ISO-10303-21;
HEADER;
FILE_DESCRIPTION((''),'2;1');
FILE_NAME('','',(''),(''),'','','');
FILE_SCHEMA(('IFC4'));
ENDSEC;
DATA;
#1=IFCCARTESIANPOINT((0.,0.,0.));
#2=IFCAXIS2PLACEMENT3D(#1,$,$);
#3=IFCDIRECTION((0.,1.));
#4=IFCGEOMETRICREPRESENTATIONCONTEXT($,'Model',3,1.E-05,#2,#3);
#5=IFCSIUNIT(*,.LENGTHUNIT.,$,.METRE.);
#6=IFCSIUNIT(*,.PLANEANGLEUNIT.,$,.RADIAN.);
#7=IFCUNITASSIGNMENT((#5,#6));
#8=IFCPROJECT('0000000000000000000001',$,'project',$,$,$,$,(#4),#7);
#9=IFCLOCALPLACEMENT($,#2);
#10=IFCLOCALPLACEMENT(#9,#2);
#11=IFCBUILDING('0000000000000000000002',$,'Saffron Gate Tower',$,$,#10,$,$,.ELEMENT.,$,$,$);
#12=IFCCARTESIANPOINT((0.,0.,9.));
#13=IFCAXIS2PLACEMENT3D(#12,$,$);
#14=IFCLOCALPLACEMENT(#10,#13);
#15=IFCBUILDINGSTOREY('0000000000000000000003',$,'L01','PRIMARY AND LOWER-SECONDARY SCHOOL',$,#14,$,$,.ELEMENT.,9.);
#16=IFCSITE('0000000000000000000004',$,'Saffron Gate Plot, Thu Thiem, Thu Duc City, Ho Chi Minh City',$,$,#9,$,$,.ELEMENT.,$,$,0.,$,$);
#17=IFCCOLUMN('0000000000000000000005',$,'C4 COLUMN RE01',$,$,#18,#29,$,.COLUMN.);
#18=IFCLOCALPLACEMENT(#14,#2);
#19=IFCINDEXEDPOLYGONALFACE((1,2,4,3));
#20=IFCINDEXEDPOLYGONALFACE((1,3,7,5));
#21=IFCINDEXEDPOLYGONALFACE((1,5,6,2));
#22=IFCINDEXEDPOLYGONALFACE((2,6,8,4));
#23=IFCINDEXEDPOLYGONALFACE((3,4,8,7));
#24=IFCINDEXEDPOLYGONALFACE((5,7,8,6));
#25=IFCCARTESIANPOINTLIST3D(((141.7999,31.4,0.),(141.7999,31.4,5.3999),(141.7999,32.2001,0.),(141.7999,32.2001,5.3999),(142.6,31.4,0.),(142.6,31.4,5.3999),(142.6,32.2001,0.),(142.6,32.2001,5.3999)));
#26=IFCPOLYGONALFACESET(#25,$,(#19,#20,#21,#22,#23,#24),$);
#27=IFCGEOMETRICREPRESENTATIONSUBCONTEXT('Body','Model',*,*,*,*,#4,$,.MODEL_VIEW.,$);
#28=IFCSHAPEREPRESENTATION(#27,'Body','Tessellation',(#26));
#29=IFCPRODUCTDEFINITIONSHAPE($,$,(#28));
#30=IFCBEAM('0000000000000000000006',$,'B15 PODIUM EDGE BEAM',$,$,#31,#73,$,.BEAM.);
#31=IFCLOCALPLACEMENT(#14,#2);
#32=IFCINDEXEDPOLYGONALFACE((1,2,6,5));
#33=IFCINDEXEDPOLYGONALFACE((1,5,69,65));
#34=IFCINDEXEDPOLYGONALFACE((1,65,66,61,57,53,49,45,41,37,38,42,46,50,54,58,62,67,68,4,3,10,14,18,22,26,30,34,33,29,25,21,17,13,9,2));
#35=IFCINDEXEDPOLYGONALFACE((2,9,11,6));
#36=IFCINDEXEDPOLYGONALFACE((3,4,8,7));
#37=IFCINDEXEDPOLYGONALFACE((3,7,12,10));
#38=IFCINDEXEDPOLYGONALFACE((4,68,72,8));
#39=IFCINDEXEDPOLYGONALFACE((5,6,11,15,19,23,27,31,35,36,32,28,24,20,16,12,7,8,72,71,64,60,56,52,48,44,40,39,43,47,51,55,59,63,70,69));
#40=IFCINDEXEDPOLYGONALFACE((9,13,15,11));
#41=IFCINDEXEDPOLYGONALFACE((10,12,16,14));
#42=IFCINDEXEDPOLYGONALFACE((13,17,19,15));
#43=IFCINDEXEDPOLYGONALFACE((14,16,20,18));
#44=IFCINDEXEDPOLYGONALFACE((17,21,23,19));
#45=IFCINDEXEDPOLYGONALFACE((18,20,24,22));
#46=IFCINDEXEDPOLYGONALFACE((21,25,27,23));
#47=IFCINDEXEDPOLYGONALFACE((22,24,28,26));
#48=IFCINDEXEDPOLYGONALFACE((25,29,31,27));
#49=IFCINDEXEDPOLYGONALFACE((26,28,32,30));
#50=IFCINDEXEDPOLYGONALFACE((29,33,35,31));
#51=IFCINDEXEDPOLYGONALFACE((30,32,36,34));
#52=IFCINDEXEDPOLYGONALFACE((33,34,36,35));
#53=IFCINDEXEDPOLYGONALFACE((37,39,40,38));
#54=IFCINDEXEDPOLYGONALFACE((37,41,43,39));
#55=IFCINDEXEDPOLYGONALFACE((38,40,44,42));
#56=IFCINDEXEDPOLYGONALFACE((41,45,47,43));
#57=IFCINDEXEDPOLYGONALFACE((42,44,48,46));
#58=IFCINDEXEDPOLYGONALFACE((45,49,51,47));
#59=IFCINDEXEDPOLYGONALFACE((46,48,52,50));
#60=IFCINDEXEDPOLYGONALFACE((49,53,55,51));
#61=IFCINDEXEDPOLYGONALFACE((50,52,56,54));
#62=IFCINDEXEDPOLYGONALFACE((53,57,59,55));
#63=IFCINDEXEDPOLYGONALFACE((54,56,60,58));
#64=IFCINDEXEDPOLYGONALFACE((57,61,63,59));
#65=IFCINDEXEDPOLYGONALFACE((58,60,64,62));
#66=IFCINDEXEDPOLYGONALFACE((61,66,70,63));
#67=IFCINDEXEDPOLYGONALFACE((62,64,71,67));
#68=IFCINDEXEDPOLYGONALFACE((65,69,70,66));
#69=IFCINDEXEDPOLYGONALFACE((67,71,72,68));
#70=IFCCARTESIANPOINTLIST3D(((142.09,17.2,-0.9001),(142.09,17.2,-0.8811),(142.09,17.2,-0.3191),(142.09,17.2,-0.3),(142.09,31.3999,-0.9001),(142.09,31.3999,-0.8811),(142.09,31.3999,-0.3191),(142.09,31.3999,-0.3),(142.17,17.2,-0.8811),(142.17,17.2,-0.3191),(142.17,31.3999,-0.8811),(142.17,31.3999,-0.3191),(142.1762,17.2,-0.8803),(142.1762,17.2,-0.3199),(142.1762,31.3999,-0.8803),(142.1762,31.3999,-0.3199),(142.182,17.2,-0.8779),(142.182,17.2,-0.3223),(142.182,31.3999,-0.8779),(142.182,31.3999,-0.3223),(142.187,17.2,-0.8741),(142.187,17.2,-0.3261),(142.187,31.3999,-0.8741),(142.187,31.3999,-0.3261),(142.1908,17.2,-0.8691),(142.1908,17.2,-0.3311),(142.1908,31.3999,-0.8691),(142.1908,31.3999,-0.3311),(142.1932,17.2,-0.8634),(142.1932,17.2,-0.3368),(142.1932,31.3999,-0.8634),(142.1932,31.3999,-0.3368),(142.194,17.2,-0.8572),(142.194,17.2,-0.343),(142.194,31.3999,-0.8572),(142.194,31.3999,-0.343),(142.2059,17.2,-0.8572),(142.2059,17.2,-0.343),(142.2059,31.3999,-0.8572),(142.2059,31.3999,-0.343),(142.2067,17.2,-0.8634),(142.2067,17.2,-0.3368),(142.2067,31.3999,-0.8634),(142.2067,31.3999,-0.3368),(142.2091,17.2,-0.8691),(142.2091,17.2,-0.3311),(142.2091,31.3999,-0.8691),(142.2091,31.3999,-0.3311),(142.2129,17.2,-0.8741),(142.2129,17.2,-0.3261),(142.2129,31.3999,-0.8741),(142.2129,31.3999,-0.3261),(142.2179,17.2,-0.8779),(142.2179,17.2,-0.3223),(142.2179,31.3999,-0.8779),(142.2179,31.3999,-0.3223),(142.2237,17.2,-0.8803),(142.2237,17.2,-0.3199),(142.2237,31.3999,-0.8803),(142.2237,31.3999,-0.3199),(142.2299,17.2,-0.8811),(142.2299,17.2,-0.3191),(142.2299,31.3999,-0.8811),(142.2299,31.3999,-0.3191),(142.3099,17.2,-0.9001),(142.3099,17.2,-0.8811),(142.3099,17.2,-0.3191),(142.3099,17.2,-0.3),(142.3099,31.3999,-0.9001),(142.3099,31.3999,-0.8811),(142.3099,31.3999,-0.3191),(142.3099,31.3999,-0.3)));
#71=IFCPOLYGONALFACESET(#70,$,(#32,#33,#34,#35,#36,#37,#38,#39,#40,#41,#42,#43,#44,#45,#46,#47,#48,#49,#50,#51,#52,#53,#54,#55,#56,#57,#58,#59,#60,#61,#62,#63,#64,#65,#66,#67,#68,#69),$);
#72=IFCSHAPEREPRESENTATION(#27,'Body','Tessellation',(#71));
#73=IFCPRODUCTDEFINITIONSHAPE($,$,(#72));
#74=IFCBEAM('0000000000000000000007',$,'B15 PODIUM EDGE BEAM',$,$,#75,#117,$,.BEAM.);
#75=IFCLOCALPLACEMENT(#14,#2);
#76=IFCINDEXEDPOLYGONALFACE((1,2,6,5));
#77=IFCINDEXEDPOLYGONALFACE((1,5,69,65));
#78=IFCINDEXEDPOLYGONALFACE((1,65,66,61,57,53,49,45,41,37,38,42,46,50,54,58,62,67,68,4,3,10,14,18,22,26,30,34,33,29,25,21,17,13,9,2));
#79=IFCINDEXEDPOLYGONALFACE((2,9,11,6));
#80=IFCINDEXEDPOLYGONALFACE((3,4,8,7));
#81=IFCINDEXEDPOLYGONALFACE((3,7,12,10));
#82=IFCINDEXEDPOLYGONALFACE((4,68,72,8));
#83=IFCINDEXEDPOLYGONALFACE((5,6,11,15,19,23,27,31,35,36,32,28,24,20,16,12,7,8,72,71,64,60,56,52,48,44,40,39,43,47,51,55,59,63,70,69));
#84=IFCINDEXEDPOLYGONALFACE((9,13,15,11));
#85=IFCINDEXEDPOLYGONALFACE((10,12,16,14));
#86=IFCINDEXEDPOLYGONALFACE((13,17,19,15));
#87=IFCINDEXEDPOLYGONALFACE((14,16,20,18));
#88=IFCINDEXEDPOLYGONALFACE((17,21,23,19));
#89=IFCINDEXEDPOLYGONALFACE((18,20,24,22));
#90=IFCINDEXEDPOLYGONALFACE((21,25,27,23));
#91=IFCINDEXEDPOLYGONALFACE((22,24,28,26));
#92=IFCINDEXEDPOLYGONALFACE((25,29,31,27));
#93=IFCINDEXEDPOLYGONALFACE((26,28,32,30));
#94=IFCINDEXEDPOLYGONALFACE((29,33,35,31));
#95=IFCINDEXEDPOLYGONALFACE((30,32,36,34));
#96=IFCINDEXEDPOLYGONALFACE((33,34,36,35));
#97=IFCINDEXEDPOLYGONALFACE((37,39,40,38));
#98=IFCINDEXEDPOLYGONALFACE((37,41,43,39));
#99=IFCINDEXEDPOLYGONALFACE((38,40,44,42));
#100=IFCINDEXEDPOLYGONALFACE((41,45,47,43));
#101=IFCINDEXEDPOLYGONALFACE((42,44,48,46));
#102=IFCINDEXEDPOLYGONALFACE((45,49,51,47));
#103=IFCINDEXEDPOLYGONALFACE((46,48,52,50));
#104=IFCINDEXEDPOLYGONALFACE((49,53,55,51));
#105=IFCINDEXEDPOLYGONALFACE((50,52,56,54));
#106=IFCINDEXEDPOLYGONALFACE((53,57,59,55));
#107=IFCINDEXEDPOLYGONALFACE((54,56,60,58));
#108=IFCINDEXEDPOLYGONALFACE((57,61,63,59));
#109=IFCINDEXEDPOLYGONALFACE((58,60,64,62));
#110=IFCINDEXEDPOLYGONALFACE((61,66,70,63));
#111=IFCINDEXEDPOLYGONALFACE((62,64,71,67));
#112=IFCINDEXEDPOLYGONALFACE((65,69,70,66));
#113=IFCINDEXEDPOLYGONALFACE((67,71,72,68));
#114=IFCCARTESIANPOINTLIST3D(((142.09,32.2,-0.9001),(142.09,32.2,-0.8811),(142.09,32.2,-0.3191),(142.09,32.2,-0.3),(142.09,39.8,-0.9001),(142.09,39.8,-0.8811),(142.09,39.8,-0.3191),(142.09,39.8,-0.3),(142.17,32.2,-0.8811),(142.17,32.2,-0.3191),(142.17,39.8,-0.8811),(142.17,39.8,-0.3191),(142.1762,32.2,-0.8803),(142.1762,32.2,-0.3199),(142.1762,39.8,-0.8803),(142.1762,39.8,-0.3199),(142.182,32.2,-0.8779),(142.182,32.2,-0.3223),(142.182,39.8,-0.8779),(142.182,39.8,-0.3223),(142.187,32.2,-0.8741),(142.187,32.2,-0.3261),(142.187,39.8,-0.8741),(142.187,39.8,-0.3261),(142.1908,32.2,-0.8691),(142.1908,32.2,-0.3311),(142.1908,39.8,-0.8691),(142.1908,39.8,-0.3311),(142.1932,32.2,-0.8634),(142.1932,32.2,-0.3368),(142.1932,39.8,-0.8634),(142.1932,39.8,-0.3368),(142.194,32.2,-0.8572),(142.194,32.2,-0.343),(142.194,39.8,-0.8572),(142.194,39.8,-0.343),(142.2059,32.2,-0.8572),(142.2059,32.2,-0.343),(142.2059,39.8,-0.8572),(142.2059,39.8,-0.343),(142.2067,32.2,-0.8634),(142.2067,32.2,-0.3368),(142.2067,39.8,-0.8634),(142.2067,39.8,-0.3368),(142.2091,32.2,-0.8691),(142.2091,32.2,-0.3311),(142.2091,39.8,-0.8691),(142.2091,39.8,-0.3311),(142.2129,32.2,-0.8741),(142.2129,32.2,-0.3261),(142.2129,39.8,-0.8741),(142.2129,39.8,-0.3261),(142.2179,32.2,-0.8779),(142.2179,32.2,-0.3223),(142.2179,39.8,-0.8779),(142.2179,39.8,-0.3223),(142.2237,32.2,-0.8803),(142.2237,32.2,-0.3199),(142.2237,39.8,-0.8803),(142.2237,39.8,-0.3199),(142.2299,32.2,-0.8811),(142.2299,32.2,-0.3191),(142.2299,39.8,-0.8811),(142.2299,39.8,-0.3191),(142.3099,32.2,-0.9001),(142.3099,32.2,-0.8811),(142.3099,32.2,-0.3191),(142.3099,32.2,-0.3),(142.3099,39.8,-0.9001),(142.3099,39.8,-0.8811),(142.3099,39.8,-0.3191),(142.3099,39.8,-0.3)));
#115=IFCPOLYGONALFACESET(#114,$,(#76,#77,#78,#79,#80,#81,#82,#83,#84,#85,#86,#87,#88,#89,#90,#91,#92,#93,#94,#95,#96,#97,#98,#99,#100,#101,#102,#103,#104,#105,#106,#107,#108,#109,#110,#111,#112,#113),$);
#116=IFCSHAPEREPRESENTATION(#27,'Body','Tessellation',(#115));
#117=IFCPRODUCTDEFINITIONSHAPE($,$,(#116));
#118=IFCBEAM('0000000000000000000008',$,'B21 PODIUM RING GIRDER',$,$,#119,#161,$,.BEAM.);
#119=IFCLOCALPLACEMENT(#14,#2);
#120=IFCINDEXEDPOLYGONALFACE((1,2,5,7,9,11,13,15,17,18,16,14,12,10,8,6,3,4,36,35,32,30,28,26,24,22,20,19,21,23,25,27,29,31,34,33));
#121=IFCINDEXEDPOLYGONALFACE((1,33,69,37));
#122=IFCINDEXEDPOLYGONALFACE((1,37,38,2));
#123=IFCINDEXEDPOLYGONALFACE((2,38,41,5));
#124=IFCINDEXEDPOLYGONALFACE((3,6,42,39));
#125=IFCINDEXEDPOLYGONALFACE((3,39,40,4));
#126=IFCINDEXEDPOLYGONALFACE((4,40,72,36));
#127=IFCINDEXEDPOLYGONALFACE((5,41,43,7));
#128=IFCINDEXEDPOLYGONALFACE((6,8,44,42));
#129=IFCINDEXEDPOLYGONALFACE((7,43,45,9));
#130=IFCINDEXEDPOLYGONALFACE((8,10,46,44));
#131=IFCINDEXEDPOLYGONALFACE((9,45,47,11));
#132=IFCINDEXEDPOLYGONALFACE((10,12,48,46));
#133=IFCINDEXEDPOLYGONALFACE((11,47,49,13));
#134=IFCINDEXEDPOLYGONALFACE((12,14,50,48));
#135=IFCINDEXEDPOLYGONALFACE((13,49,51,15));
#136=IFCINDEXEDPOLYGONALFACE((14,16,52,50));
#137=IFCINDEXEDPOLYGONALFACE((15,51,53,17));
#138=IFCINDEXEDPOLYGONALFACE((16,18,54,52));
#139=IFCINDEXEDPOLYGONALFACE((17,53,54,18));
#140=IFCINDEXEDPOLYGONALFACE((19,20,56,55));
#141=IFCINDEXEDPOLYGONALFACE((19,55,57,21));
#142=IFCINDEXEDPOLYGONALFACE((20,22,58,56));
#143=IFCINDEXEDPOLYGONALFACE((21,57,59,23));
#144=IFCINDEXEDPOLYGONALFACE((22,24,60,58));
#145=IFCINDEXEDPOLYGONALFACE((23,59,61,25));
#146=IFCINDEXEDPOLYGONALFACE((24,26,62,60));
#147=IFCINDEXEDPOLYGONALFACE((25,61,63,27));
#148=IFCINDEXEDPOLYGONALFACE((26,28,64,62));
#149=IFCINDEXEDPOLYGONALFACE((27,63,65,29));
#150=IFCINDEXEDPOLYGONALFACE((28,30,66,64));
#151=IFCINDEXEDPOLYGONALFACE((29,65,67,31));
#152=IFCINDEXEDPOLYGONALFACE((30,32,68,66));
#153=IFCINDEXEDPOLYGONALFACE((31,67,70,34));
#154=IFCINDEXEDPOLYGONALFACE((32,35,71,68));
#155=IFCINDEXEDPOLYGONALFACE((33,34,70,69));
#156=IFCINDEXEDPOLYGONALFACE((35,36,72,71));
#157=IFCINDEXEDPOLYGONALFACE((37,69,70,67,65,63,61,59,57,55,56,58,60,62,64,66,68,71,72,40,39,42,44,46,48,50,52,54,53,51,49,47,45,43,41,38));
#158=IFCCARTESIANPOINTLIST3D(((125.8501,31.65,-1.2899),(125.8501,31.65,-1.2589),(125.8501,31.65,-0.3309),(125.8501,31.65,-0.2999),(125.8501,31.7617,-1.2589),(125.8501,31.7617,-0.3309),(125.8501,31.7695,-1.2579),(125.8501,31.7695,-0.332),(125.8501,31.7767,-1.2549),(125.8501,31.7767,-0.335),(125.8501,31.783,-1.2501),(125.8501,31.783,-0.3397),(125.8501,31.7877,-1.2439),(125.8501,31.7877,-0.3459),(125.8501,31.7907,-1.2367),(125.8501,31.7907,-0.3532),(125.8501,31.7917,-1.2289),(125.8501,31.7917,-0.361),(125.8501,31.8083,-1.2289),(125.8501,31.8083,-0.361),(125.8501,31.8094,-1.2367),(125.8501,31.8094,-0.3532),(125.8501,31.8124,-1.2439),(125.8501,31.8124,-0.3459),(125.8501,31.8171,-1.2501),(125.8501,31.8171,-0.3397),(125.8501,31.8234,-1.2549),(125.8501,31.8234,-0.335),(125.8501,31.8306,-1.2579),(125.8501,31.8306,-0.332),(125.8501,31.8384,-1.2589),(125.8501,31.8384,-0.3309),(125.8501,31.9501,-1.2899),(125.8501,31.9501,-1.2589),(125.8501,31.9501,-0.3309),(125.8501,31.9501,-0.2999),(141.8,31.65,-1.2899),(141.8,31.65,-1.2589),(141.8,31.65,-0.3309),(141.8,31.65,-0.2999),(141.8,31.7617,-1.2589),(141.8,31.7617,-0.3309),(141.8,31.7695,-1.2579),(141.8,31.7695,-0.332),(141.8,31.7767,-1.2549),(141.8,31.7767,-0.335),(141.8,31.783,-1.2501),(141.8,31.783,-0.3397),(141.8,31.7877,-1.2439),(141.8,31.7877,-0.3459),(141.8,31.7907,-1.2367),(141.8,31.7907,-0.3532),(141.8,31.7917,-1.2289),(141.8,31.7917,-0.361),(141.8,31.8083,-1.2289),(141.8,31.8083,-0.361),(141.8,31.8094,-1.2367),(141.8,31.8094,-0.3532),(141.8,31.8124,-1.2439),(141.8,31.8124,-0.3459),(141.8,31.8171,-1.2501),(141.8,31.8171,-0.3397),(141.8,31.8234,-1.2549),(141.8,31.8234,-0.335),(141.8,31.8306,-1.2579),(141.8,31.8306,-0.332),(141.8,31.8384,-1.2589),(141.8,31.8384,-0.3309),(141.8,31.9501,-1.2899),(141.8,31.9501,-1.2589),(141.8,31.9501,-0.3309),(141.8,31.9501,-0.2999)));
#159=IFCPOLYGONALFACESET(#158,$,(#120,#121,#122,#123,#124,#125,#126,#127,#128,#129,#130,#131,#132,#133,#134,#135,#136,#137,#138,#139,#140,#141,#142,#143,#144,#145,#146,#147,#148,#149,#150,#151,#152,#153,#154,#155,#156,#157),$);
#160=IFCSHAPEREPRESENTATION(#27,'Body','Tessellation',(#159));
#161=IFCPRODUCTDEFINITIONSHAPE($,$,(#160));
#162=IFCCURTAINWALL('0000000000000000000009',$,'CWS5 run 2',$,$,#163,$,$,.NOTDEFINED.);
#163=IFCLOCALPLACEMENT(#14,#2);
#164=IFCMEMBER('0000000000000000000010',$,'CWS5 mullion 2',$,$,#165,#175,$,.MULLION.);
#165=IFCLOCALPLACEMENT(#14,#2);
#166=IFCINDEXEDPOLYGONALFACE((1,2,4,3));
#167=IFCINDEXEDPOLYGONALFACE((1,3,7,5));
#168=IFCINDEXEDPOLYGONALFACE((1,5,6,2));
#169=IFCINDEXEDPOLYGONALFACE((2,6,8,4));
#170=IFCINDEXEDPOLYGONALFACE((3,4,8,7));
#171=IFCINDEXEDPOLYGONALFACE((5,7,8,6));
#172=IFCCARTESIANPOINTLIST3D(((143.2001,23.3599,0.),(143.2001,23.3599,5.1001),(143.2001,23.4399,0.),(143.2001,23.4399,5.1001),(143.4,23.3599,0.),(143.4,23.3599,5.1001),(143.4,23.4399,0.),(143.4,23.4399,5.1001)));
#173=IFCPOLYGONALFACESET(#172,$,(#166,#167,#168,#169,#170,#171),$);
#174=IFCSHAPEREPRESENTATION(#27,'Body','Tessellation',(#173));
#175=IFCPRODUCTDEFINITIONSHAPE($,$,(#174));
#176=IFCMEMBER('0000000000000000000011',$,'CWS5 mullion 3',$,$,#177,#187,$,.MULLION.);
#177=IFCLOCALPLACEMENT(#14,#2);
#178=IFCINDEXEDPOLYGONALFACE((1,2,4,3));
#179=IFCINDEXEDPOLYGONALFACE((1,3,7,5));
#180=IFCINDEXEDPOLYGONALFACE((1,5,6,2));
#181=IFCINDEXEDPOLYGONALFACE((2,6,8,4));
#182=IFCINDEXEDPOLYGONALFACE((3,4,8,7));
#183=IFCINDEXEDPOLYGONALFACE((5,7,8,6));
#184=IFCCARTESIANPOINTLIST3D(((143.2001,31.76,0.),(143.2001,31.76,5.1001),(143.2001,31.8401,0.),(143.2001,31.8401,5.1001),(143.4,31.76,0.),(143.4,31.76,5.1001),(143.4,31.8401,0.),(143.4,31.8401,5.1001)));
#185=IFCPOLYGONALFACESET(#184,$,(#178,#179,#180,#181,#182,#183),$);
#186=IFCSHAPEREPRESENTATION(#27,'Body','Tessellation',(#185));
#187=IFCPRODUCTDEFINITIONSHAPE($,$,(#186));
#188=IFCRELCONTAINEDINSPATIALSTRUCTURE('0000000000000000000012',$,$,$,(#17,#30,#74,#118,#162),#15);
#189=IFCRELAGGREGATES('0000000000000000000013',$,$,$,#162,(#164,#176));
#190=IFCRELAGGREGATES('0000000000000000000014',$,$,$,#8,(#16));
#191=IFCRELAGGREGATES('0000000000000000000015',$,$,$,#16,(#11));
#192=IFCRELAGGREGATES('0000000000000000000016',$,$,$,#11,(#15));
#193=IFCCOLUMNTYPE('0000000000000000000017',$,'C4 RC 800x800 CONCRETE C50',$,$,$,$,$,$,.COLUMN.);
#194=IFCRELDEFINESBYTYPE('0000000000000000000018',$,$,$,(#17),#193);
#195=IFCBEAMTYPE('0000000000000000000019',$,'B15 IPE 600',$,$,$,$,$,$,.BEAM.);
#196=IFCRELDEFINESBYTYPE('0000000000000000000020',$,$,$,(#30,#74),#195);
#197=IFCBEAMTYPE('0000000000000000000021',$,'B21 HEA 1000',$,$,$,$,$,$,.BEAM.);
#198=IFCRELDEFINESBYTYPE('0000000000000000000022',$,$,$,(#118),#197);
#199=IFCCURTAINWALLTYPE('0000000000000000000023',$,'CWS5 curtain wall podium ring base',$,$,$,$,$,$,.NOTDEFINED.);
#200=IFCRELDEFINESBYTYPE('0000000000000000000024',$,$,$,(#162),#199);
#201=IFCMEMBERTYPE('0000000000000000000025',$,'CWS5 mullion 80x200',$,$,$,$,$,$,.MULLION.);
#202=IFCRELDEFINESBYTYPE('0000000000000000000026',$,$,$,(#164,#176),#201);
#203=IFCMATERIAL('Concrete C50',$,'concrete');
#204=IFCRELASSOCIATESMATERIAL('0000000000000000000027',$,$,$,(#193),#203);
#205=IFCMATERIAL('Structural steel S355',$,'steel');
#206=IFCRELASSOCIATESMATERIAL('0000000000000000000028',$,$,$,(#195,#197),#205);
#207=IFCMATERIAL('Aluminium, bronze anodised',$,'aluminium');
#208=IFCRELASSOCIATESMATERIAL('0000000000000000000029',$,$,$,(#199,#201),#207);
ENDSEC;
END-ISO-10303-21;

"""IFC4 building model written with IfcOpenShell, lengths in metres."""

from ifc_helpers import new_model, si_unit, direction, frame, origin, origin_2d, place, context, subcontext, project, spatial, rectangle, i_section, extrude, material, material_profile, profile_set, type_object, element, aggregate, save


model = new_model("IFC4")

# Units and contexts
model_context = context("Model", 3, precision=1e-05, world=origin(), true_north=direction((0.0, 1.0)))
body_context = subcontext(model_context, "Body", "Model", "MODEL_VIEW")
ifc_project = project(units=[si_unit("LENGTHUNIT", "METRE"), si_unit("PLANEANGLEUNIT", "RADIAN")], contexts=[model_context])

# Site, building, storey
site_placement = place(None, origin())
site = spatial("IfcSite", under=ifc_project, at=site_placement, Name="Saffron Gate Plot, Thu Thiem, Thu Duc City, Ho Chi Minh City", CompositionType="ELEMENT", RefElevation=0.0)
building_placement = place(site_placement, origin())
building = spatial("IfcBuilding", under=site, at=building_placement, Name="Saffron Gate Tower", CompositionType="ELEMENT")
storey_placement = place(building_placement, frame((0.0, 0.0, 9.0)))
storey = spatial("IfcBuildingStorey", under=building, at=storey_placement, Name="L01", Description="PRIMARY AND LOWER-SECONDARY SCHOOL", CompositionType="ELEMENT", Elevation=9.0)

# Column
ifc_material_1 = material(Name="Concrete C50", Category="concrete")
ifc_material_profile_1 = material_profile(ifc_material_1, rectangle(XDim=0.8, YDim=0.8, at=origin_2d()))
ifc_profile_set_1 = profile_set([ifc_material_profile_1], Name="Concrete C50")
column_type = type_object("IfcColumnType", Name="C4 RC 800x800 CONCRETE C50", PredefinedType="COLUMN", material=ifc_profile_set_1)
column_placement = place(storey_placement, frame((142.2, 31.8, 0.0), z_axis=(0.0, 0.0, 1.0), x_axis=(1.0, 0.0, 0.0)))
element("IfcColumn", 1, at=column_placement, inside=storey, type_object=column_type, Name="C4 COLUMN RE01", PredefinedType="COLUMN", context=body_context, shape_type="SweptSolid", body=[
    extrude(rectangle(XDim=0.8, YDim=0.8, at=origin_2d()), origin(), (0.0, 0.0, 1.0), 5.3999),
])

# Beams
ifc_material_2 = material(Name="Structural steel S355", Category="steel")
ifc_material_profile_2 = material_profile(ifc_material_2, i_section(OverallWidth=0.22, OverallDepth=0.6001, WebThickness=0.012, FlangeThickness=0.019, FilletRadius=0.0239, at=origin_2d()))
ifc_profile_set_2 = profile_set([ifc_material_profile_2], Name="Structural steel S355")
beam_type_1 = type_object("IfcBeamType", Name="B15 IPE 600", PredefinedType="BEAM", material=ifc_profile_set_2)
beam_1_placement = place(storey_placement, frame((142.2, 17.2, -0.6001), z_axis=(0.0, 1.0, 0.0), x_axis=(-1.0, 0.0, 0.0)))
element("IfcBeam", 2, at=beam_1_placement, inside=storey, type_object=beam_type_1, Name="B15 PODIUM EDGE BEAM", PredefinedType="BEAM", context=body_context, shape_type="SweptSolid", body=[
    extrude(i_section(OverallWidth=0.22, OverallDepth=0.6001, WebThickness=0.012, FlangeThickness=0.019, FilletRadius=0.0239, at=origin_2d()), origin(), (0.0, 0.0, 1.0), 14.2),
])
beam_2_placement = place(storey_placement, frame((142.2, 32.2, -0.6001), z_axis=(0.0, 1.0, 0.0), x_axis=(-1.0, 0.0, 0.0)))
element("IfcBeam", 3, at=beam_2_placement, inside=storey, type_object=beam_type_1, Name="B15 PODIUM EDGE BEAM", PredefinedType="BEAM", context=body_context, shape_type="SweptSolid", body=[
    extrude(i_section(OverallWidth=0.22, OverallDepth=0.6001, WebThickness=0.012, FlangeThickness=0.019, FilletRadius=0.0239, at=origin_2d()), origin(), (0.0, 0.0, 1.0), 7.6001),
])
ifc_material_profile_3 = material_profile(ifc_material_2, i_section(OverallWidth=0.3, OverallDepth=0.99, WebThickness=0.0166, FlangeThickness=0.031, FilletRadius=0.03, at=origin_2d()))
ifc_profile_set_3 = profile_set([ifc_material_profile_3], Name="Structural steel S355")
beam_type_2 = type_object("IfcBeamType", Name="B21 HEA 1000", PredefinedType="BEAM", material=ifc_profile_set_3)
beam_3_placement = place(storey_placement, frame((141.8, 31.8, -0.7949), z_axis=(-1.0, 0.0, 0.0), x_axis=(0.0, -1.0, 0.0)))
element("IfcBeam", 4, at=beam_3_placement, inside=storey, type_object=beam_type_2, Name="B21 PODIUM RING GIRDER", PredefinedType="BEAM", context=body_context, shape_type="SweptSolid", body=[
    extrude(i_section(OverallWidth=0.3, OverallDepth=0.99, WebThickness=0.0166, FlangeThickness=0.031, FilletRadius=0.03, at=origin_2d()), origin(), (0.0, 0.0, 1.0), 15.95),
])

# Curtain wall, members
ifc_material_3 = material(Name="Aluminium, bronze anodised", Category="aluminium")
curtain_wall_type = type_object("IfcCurtainWallType", Name="CWS5 curtain wall podium ring base", PredefinedType="NOTDEFINED", material=ifc_material_3)
curtain_wall_placement = place(storey_placement, origin())
curtain_wall = element("IfcCurtainWall", 5, at=curtain_wall_placement, inside=storey, type_object=curtain_wall_type, Name="CWS5 run 2", PredefinedType="NOTDEFINED")
ifc_material_profile_4 = material_profile(ifc_material_3, rectangle(XDim=0.2, YDim=0.0801, at=origin_2d()))
ifc_profile_set_4 = profile_set([ifc_material_profile_4], Name="Aluminium, bronze anodised")
member_type = type_object("IfcMemberType", Name="CWS5 mullion 80x200", PredefinedType="MULLION", material=ifc_profile_set_4)
member_1_placement = place(storey_placement, frame((143.3, 23.3999, 0.0), z_axis=(0.0, 0.0, 1.0), x_axis=(-1.0, 0.0, 0.0)))
member_1 = element("IfcMember", 6, at=member_1_placement, type_object=member_type, Name="CWS5 mullion 2", PredefinedType="MULLION", context=body_context, shape_type="SweptSolid", body=[
    extrude(rectangle(XDim=0.2, YDim=0.0801, at=origin_2d()), origin(), (0.0, 0.0, 1.0), 5.1001),
])
member_2_placement = place(storey_placement, frame((143.3, 31.8, 0.0), z_axis=(0.0, 0.0, 1.0), x_axis=(-1.0, 0.0, 0.0)))
member_2 = element("IfcMember", 7, at=member_2_placement, type_object=member_type, Name="CWS5 mullion 3", PredefinedType="MULLION", context=body_context, shape_type="SweptSolid", body=[
    extrude(rectangle(XDim=0.2, YDim=0.0801, at=origin_2d()), origin(), (0.0, 0.0, 1.0), 5.1001),
])
aggregate(curtain_wall, [member_1, member_2])

save(model, "model.ifc")
